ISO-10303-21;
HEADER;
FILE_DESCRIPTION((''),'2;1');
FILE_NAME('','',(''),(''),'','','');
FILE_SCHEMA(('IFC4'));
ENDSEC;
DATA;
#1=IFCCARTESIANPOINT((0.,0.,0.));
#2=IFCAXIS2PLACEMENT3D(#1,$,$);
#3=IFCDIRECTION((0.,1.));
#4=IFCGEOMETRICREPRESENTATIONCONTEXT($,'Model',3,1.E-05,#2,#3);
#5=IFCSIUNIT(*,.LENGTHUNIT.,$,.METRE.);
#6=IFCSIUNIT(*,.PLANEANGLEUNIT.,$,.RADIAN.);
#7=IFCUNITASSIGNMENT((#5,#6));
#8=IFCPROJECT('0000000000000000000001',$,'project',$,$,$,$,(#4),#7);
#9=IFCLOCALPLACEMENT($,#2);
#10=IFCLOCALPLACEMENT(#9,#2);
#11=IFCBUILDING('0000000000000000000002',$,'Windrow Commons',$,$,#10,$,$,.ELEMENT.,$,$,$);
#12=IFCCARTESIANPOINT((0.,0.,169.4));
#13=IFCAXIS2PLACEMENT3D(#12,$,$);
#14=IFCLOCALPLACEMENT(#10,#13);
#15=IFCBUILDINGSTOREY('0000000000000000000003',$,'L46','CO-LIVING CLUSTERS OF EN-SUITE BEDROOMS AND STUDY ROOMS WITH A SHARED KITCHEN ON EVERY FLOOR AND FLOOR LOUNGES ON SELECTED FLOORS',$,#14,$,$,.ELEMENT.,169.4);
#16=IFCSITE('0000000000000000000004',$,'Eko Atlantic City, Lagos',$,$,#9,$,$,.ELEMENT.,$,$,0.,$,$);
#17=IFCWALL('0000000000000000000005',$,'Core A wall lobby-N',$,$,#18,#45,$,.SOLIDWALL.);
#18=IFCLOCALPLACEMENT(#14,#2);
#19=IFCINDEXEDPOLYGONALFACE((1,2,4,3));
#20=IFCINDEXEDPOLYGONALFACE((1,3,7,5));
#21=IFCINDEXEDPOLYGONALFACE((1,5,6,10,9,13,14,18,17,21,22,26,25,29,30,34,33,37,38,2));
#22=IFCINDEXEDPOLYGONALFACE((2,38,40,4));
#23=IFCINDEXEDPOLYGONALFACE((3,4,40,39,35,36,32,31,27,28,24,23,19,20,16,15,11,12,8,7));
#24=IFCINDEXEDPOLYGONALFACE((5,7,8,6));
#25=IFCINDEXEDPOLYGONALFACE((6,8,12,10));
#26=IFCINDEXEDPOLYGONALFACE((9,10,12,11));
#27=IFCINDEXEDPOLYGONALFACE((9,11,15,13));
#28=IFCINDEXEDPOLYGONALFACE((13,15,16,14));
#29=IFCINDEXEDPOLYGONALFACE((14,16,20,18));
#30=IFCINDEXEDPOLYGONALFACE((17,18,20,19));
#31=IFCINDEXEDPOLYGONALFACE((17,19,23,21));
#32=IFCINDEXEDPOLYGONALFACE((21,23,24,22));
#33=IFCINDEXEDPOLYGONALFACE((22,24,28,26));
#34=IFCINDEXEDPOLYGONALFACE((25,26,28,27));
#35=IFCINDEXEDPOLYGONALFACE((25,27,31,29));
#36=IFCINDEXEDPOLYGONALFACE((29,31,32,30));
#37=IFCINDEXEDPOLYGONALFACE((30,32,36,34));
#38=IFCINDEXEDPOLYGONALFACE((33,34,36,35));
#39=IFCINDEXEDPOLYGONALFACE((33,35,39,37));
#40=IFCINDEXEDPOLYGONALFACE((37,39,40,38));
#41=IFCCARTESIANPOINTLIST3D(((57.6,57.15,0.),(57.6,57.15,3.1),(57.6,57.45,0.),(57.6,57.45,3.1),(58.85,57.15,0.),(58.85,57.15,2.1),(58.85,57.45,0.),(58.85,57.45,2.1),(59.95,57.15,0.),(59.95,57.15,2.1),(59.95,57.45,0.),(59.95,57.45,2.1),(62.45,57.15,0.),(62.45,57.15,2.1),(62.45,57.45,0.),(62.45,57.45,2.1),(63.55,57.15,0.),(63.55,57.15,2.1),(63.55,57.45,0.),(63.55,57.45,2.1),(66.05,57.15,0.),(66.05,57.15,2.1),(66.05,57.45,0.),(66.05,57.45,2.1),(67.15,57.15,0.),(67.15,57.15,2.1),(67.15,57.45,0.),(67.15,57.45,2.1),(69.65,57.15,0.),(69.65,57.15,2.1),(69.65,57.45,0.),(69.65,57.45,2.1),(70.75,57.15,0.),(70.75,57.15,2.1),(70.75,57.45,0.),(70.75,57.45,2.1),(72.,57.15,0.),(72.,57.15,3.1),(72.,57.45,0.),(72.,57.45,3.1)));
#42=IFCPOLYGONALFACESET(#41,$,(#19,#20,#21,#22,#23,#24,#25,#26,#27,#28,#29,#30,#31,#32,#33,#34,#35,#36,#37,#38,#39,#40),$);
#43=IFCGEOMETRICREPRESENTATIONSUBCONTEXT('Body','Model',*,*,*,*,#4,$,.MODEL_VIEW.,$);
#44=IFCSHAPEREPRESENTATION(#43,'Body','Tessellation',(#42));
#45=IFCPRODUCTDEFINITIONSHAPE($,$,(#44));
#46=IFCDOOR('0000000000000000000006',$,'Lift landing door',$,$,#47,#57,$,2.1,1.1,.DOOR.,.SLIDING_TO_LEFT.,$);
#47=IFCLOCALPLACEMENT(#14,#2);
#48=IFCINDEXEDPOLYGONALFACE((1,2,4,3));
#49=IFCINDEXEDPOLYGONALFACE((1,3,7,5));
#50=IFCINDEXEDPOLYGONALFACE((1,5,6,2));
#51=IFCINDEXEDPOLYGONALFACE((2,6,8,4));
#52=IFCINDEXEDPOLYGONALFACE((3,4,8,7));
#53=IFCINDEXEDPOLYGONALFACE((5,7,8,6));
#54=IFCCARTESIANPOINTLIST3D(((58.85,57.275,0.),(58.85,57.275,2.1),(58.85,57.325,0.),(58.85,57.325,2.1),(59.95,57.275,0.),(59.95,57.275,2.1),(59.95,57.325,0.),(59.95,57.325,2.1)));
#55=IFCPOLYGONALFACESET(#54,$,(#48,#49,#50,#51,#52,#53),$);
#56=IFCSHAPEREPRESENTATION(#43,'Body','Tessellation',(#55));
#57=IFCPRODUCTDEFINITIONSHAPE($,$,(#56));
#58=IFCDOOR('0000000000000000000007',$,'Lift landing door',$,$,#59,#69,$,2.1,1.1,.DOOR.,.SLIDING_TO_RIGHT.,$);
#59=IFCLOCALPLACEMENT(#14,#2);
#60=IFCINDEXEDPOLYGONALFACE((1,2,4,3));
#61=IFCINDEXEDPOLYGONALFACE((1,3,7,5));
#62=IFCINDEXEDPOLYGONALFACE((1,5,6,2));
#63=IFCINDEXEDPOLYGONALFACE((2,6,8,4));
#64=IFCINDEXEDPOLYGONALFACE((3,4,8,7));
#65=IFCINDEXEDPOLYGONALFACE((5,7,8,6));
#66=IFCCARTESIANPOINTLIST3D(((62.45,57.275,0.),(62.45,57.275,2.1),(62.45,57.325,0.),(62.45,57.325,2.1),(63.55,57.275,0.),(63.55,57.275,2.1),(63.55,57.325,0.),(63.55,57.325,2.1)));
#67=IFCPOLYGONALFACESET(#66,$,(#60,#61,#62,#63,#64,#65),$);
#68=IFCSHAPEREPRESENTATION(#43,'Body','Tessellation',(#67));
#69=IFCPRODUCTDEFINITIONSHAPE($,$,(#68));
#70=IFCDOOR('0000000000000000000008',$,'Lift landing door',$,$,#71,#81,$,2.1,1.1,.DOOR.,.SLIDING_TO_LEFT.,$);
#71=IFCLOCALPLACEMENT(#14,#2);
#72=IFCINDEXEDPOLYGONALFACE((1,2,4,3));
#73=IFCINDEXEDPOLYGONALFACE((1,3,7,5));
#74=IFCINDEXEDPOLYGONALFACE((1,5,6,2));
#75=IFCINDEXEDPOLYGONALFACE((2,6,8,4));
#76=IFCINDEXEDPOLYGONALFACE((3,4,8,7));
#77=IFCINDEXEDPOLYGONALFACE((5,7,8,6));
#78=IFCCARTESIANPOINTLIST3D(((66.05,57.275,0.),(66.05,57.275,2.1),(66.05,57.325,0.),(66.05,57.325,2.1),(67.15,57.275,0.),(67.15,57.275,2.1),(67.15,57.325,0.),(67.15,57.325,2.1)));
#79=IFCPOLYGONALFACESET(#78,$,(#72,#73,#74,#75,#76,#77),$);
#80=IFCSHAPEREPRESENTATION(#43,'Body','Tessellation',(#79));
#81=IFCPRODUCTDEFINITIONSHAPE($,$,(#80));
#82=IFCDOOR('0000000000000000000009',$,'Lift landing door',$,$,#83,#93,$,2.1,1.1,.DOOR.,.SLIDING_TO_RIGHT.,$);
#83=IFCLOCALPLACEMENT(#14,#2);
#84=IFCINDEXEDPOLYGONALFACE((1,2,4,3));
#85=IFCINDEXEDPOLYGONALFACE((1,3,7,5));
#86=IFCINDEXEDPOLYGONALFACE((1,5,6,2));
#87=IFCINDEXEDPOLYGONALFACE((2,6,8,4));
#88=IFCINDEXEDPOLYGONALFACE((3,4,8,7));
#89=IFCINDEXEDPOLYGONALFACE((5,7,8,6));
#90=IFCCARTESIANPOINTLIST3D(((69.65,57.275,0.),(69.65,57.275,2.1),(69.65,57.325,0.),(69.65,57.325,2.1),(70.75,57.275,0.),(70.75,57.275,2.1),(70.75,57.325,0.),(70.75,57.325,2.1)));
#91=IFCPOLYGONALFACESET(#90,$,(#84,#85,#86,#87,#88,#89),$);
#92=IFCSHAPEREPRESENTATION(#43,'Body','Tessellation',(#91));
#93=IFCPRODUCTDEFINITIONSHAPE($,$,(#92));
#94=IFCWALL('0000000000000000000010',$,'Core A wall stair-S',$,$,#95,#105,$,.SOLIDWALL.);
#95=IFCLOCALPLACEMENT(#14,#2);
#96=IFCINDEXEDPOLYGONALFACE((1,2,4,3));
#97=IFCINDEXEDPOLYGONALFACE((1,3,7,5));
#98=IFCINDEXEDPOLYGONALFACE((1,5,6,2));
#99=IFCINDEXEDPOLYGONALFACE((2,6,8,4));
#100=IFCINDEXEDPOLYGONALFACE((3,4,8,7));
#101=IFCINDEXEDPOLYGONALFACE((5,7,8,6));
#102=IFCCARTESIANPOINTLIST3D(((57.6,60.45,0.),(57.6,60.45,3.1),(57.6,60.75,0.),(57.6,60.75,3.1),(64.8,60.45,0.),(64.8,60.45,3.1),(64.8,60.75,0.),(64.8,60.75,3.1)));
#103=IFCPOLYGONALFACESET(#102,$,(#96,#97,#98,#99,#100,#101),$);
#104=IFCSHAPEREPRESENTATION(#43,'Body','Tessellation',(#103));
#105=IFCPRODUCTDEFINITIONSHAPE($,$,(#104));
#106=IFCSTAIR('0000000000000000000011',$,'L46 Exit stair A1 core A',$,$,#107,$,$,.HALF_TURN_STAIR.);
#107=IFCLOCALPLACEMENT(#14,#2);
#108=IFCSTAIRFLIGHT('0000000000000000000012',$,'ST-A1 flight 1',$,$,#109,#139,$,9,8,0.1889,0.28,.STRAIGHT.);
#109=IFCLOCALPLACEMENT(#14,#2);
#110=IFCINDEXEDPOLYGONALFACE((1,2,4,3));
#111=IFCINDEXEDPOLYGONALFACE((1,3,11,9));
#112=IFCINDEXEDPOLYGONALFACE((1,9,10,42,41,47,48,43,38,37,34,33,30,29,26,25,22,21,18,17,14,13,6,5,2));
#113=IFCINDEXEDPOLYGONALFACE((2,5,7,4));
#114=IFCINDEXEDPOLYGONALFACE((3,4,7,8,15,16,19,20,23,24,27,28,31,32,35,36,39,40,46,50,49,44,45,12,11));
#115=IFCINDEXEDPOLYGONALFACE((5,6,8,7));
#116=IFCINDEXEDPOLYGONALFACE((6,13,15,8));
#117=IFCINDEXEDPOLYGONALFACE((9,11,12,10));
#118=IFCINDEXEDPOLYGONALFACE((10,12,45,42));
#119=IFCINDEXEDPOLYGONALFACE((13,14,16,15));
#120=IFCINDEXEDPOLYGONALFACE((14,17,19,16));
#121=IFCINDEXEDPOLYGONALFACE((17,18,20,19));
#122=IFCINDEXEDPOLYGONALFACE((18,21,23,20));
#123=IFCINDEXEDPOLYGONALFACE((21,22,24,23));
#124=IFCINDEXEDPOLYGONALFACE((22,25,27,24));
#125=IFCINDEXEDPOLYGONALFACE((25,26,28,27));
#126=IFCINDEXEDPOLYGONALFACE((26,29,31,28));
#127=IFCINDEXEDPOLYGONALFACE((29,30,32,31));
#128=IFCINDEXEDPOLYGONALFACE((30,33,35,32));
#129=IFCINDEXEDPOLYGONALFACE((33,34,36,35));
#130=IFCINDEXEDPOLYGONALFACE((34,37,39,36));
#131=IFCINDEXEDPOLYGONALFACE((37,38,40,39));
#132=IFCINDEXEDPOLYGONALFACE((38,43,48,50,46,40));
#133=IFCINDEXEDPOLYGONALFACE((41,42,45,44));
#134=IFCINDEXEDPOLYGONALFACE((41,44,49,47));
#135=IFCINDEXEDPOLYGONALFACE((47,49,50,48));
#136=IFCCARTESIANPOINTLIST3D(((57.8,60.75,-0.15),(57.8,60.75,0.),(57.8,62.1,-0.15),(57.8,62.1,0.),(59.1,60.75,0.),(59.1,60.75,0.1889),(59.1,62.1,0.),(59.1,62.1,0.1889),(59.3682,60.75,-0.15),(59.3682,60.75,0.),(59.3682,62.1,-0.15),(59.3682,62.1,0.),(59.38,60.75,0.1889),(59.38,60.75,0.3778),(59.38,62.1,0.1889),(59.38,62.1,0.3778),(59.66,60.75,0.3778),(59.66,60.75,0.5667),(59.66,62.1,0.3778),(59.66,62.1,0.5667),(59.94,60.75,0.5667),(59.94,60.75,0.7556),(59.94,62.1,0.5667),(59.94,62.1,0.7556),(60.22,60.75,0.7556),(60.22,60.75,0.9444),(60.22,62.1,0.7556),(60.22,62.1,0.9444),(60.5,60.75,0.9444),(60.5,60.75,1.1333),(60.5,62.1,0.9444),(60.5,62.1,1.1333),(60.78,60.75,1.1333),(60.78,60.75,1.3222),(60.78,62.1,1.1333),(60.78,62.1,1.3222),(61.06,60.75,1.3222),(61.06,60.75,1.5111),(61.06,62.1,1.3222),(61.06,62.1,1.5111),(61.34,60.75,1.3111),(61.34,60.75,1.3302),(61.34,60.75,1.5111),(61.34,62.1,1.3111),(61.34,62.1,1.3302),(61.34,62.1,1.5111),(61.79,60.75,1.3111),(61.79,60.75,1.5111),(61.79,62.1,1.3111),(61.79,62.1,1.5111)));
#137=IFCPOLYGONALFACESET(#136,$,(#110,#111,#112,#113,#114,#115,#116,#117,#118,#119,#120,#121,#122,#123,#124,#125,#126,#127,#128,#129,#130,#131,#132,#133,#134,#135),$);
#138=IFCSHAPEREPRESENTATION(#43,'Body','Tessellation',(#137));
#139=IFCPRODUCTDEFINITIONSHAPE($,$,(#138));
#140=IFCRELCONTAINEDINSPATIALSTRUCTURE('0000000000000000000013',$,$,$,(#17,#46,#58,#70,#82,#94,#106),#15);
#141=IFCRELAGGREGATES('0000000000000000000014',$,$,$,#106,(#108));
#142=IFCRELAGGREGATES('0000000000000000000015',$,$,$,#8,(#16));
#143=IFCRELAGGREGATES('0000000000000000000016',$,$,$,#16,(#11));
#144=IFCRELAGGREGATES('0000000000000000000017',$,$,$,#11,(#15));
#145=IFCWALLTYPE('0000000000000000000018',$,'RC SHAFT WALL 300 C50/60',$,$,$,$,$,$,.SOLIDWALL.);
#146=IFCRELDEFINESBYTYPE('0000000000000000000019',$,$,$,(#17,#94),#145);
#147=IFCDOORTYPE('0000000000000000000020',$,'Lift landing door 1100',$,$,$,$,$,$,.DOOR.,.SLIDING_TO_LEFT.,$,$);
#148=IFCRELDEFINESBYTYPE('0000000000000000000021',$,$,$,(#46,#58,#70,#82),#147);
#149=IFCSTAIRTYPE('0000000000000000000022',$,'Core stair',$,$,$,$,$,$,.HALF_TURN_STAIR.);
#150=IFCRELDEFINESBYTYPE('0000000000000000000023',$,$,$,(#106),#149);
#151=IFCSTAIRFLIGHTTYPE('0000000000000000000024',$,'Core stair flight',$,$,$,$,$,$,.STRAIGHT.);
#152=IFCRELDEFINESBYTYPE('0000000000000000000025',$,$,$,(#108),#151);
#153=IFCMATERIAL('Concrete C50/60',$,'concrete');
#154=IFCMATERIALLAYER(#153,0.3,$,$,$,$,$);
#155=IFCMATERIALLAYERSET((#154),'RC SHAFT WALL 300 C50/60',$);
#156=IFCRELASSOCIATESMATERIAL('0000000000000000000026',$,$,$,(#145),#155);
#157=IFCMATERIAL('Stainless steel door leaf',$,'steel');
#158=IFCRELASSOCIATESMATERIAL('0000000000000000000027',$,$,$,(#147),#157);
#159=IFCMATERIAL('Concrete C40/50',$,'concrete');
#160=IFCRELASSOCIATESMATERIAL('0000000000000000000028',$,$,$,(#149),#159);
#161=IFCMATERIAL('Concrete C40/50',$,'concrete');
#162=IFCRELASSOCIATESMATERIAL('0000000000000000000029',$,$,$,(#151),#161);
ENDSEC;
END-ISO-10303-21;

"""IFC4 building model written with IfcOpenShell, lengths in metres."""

from ifc_helpers import new_model, si_unit, direction, frame, frame_2d, origin, place, context, subcontext, project, spatial, polyline, rectangle, outline, extrude, material, layer, layer_set, type_object, element, fill, aggregate, save


model = new_model("IFC4")

# Units and contexts
model_context = context("Model", 3, precision=1e-05, world=origin(), true_north=direction((0.0, 1.0)))
body_context = subcontext(model_context, "Body", "Model", "MODEL_VIEW")
ifc_project = project(units=[si_unit("LENGTHUNIT", "METRE"), si_unit("PLANEANGLEUNIT", "RADIAN")], contexts=[model_context])

# Site, building, storey
site_placement = place(None, origin())
site = spatial("IfcSite", under=ifc_project, at=site_placement, Name="Eko Atlantic City, Lagos", CompositionType="ELEMENT", RefElevation=0.0)
building_placement = place(site_placement, origin())
building = spatial("IfcBuilding", under=site, at=building_placement, Name="Windrow Commons", CompositionType="ELEMENT")
storey_placement = place(building_placement, frame((0.0, 0.0, 169.4)))
storey = spatial("IfcBuildingStorey", under=building, at=storey_placement, Name="L46", Description="CO-LIVING CLUSTERS OF EN-SUITE BEDROOMS AND STUDY ROOMS WITH A SHARED KITCHEN ON EVERY FLOOR AND FLOOR LOUNGES ON SELECTED FLOORS", CompositionType="ELEMENT", Elevation=169.4)

# Wall, openings, doors
ifc_material_1 = material(Name="Concrete C50/60", Category="concrete")
ifc_layer_1 = layer(ifc_material_1, 0.3)
ifc_layer_set_1 = layer_set([ifc_layer_1], Name="RC SHAFT WALL 300 C50/60")
wall_type_1 = type_object("IfcWallType", Name="RC SHAFT WALL 300 C50/60", PredefinedType="SOLIDWALL", material=ifc_layer_set_1)
ifc_material_2 = material(Name="Stainless steel door leaf", Category="steel")
door_type_1 = type_object("IfcDoorType", Name="Lift landing door 1100", OperationType="SLIDING_TO_LEFT", PredefinedType="DOOR", material=ifc_material_2)
wall_1_placement = place(storey_placement, frame((57.6, 57.3, 0.0), z_axis=(0.0, 0.0, 1.0), x_axis=(1.0, 0.0, 0.0)))
wall_1 = element("IfcWall", 1, at=wall_1_placement, inside=storey, type_object=wall_type_1, Name="Core A wall lobby-N", PredefinedType="SOLIDWALL", context=body_context, shape_type="SweptSolid", body=[
    extrude(rectangle(XDim=14.4, YDim=0.3, at=frame_2d((7.2, 0.0))), origin(), (0.0, 0.0, 1.0), 3.1),
])
opening_1_placement = place(wall_1_placement, frame((1.25, 0.0, 0.0)))
opening_1 = element("IfcOpeningElement", 2, at=opening_1_placement, cuts=wall_1, PredefinedType="OPENING", context=body_context, shape_type="SweptSolid", body=[
    extrude(rectangle(XDim=1.1, YDim=2.1, at=frame_2d((0.55, 1.05))), frame((0.0, 0.16, 0.0), z_axis=(0.0, -1.0, 0.0), x_axis=(1.0, 0.0, 0.0)), (0.0, 0.0, 1.0), 0.32),
])
opening_2_placement = place(wall_1_placement, frame((4.85, 0.0, 0.0)))
opening_2 = element("IfcOpeningElement", 3, at=opening_2_placement, cuts=wall_1, PredefinedType="OPENING", context=body_context, shape_type="SweptSolid", body=[
    extrude(rectangle(XDim=1.1, YDim=2.1, at=frame_2d((0.55, 1.05))), frame((0.0, 0.16, 0.0), z_axis=(0.0, -1.0, 0.0), x_axis=(1.0, 0.0, 0.0)), (0.0, 0.0, 1.0), 0.32),
])
opening_3_placement = place(wall_1_placement, frame((8.45, 0.0, 0.0)))
opening_3 = element("IfcOpeningElement", 4, at=opening_3_placement, cuts=wall_1, PredefinedType="OPENING", context=body_context, shape_type="SweptSolid", body=[
    extrude(rectangle(XDim=1.1, YDim=2.1, at=frame_2d((0.55, 1.05))), frame((0.0, 0.16, 0.0), z_axis=(0.0, -1.0, 0.0), x_axis=(1.0, 0.0, 0.0)), (0.0, 0.0, 1.0), 0.32),
])
opening_4_placement = place(wall_1_placement, frame((12.05, 0.0, 0.0)))
opening_4 = element("IfcOpeningElement", 5, at=opening_4_placement, cuts=wall_1, PredefinedType="OPENING", context=body_context, shape_type="SweptSolid", body=[
    extrude(rectangle(XDim=1.1, YDim=2.1, at=frame_2d((0.55, 1.05))), frame((0.0, 0.16, 0.0), z_axis=(0.0, -1.0, 0.0), x_axis=(1.0, 0.0, 0.0)), (0.0, 0.0, 1.0), 0.32),
])
door_1_placement = place(opening_1_placement, origin())
door_1 = element("IfcDoor", 6, at=door_1_placement, inside=storey, type_object=door_type_1, Name="Lift landing door", OperationType="SLIDING_TO_LEFT", OverallHeight=2.1, OverallWidth=1.1, PredefinedType="DOOR", context=body_context, shape_type="SweptSolid", body=[
    extrude(rectangle(XDim=1.1, YDim=2.1, at=frame_2d((0.55, 1.05))), frame((0.0, 0.025, 0.0), z_axis=(0.0, -1.0, 0.0), x_axis=(1.0, 0.0, 0.0)), (0.0, 0.0, 1.0), 0.05),
])
fill(opening_1, door_1)
door_2_placement = place(opening_2_placement, origin())
door_2 = element("IfcDoor", 7, at=door_2_placement, inside=storey, type_object=door_type_1, Name="Lift landing door", OperationType="SLIDING_TO_RIGHT", OverallHeight=2.1, OverallWidth=1.1, PredefinedType="DOOR", context=body_context, shape_type="SweptSolid", body=[
    extrude(rectangle(XDim=1.1, YDim=2.1, at=frame_2d((0.55, 1.05))), frame((0.0, 0.025, 0.0), z_axis=(0.0, -1.0, 0.0), x_axis=(1.0, 0.0, 0.0)), (0.0, 0.0, 1.0), 0.05),
])
fill(opening_2, door_2)
door_3_placement = place(opening_3_placement, origin())
door_3 = element("IfcDoor", 8, at=door_3_placement, inside=storey, type_object=door_type_1, Name="Lift landing door", OperationType="SLIDING_TO_LEFT", OverallHeight=2.1, OverallWidth=1.1, PredefinedType="DOOR", context=body_context, shape_type="SweptSolid", body=[
    extrude(rectangle(XDim=1.1, YDim=2.1, at=frame_2d((0.55, 1.05))), frame((0.0, 0.025, 0.0), z_axis=(0.0, -1.0, 0.0), x_axis=(1.0, 0.0, 0.0)), (0.0, 0.0, 1.0), 0.05),
])
fill(opening_3, door_3)
door_4_placement = place(opening_4_placement, origin())
door_4 = element("IfcDoor", 9, at=door_4_placement, inside=storey, type_object=door_type_1, Name="Lift landing door", OperationType="SLIDING_TO_RIGHT", OverallHeight=2.1, OverallWidth=1.1, PredefinedType="DOOR", context=body_context, shape_type="SweptSolid", body=[
    extrude(rectangle(XDim=1.1, YDim=2.1, at=frame_2d((0.55, 1.05))), frame((0.0, 0.025, 0.0), z_axis=(0.0, -1.0, 0.0), x_axis=(1.0, 0.0, 0.0)), (0.0, 0.0, 1.0), 0.05),
])
fill(opening_4, door_4)

# Wall
wall_2_placement = place(storey_placement, frame((57.6, 60.6, 0.0), z_axis=(0.0, 0.0, 1.0), x_axis=(1.0, 0.0, 0.0)))
element("IfcWall", 10, at=wall_2_placement, inside=storey, type_object=wall_type_1, Name="Core A wall stair-S", PredefinedType="SOLIDWALL", context=body_context, shape_type="SweptSolid", body=[
    extrude(rectangle(XDim=7.2, YDim=0.3, at=frame_2d((3.6, 0.0))), origin(), (0.0, 0.0, 1.0), 3.1),
])

# Stair, stair flight
ifc_material_3 = material(Name="Concrete C40/50", Category="concrete")
stair_type = type_object("IfcStairType", Name="Core stair", PredefinedType="HALF_TURN_STAIR", material=ifc_material_3)
stair_placement = place(storey_placement, origin())
stair = element("IfcStair", 11, at=stair_placement, inside=storey, type_object=stair_type, Name="L46 Exit stair A1 core A", PredefinedType="HALF_TURN_STAIR")
ifc_material_4 = material(Name="Concrete C40/50", Category="concrete")
stair_flight_type = type_object("IfcStairFlightType", Name="Core stair flight", PredefinedType="STRAIGHT", material=ifc_material_4)
stair_flight_placement = place(storey_placement, frame((59.1, 61.425, 0.0), z_axis=(0.0, 0.0, 1.0), x_axis=(1.0, 0.0, 0.0)))
stair_flight = element("IfcStairFlight", 12, at=stair_flight_placement, type_object=stair_flight_type, Name="ST-A1 flight 1", NumberOfRisers=9, NumberOfTreads=8, PredefinedType="STRAIGHT", RiserHeight=0.1889, TreadLength=0.28, context=body_context, shape_type="SweptSolid", body=[
    extrude(outline(polyline([(-1.3, -0.15), (-1.3, 0.0), (0.0, 0.0), (0.0, 0.1889), (0.28, 0.1889), (0.28, 0.3778), (0.56, 0.3778), (0.56, 0.5667), (0.84, 0.5667), (0.84, 0.7556), (1.12, 0.7556), (1.12, 0.9444), (1.4, 0.9444), (1.4, 1.1333), (1.68, 1.1333), (1.68, 1.3222), (1.96, 1.3222), (1.96, 1.5111), (2.24, 1.5111), (2.69, 1.5111), (2.69, 1.3111), (2.24, 1.3111), (2.24, 1.3302), (0.2682, 0.0), (0.2682, -0.15), (-1.3, -0.15)])), frame((0.0, 0.675, 0.0), z_axis=(0.0, -1.0, 0.0), x_axis=(1.0, 0.0, 0.0)), (0.0, 0.0, 1.0), 1.35),
])
aggregate(stair, [stair_flight])

save(model, "model.ifc")
